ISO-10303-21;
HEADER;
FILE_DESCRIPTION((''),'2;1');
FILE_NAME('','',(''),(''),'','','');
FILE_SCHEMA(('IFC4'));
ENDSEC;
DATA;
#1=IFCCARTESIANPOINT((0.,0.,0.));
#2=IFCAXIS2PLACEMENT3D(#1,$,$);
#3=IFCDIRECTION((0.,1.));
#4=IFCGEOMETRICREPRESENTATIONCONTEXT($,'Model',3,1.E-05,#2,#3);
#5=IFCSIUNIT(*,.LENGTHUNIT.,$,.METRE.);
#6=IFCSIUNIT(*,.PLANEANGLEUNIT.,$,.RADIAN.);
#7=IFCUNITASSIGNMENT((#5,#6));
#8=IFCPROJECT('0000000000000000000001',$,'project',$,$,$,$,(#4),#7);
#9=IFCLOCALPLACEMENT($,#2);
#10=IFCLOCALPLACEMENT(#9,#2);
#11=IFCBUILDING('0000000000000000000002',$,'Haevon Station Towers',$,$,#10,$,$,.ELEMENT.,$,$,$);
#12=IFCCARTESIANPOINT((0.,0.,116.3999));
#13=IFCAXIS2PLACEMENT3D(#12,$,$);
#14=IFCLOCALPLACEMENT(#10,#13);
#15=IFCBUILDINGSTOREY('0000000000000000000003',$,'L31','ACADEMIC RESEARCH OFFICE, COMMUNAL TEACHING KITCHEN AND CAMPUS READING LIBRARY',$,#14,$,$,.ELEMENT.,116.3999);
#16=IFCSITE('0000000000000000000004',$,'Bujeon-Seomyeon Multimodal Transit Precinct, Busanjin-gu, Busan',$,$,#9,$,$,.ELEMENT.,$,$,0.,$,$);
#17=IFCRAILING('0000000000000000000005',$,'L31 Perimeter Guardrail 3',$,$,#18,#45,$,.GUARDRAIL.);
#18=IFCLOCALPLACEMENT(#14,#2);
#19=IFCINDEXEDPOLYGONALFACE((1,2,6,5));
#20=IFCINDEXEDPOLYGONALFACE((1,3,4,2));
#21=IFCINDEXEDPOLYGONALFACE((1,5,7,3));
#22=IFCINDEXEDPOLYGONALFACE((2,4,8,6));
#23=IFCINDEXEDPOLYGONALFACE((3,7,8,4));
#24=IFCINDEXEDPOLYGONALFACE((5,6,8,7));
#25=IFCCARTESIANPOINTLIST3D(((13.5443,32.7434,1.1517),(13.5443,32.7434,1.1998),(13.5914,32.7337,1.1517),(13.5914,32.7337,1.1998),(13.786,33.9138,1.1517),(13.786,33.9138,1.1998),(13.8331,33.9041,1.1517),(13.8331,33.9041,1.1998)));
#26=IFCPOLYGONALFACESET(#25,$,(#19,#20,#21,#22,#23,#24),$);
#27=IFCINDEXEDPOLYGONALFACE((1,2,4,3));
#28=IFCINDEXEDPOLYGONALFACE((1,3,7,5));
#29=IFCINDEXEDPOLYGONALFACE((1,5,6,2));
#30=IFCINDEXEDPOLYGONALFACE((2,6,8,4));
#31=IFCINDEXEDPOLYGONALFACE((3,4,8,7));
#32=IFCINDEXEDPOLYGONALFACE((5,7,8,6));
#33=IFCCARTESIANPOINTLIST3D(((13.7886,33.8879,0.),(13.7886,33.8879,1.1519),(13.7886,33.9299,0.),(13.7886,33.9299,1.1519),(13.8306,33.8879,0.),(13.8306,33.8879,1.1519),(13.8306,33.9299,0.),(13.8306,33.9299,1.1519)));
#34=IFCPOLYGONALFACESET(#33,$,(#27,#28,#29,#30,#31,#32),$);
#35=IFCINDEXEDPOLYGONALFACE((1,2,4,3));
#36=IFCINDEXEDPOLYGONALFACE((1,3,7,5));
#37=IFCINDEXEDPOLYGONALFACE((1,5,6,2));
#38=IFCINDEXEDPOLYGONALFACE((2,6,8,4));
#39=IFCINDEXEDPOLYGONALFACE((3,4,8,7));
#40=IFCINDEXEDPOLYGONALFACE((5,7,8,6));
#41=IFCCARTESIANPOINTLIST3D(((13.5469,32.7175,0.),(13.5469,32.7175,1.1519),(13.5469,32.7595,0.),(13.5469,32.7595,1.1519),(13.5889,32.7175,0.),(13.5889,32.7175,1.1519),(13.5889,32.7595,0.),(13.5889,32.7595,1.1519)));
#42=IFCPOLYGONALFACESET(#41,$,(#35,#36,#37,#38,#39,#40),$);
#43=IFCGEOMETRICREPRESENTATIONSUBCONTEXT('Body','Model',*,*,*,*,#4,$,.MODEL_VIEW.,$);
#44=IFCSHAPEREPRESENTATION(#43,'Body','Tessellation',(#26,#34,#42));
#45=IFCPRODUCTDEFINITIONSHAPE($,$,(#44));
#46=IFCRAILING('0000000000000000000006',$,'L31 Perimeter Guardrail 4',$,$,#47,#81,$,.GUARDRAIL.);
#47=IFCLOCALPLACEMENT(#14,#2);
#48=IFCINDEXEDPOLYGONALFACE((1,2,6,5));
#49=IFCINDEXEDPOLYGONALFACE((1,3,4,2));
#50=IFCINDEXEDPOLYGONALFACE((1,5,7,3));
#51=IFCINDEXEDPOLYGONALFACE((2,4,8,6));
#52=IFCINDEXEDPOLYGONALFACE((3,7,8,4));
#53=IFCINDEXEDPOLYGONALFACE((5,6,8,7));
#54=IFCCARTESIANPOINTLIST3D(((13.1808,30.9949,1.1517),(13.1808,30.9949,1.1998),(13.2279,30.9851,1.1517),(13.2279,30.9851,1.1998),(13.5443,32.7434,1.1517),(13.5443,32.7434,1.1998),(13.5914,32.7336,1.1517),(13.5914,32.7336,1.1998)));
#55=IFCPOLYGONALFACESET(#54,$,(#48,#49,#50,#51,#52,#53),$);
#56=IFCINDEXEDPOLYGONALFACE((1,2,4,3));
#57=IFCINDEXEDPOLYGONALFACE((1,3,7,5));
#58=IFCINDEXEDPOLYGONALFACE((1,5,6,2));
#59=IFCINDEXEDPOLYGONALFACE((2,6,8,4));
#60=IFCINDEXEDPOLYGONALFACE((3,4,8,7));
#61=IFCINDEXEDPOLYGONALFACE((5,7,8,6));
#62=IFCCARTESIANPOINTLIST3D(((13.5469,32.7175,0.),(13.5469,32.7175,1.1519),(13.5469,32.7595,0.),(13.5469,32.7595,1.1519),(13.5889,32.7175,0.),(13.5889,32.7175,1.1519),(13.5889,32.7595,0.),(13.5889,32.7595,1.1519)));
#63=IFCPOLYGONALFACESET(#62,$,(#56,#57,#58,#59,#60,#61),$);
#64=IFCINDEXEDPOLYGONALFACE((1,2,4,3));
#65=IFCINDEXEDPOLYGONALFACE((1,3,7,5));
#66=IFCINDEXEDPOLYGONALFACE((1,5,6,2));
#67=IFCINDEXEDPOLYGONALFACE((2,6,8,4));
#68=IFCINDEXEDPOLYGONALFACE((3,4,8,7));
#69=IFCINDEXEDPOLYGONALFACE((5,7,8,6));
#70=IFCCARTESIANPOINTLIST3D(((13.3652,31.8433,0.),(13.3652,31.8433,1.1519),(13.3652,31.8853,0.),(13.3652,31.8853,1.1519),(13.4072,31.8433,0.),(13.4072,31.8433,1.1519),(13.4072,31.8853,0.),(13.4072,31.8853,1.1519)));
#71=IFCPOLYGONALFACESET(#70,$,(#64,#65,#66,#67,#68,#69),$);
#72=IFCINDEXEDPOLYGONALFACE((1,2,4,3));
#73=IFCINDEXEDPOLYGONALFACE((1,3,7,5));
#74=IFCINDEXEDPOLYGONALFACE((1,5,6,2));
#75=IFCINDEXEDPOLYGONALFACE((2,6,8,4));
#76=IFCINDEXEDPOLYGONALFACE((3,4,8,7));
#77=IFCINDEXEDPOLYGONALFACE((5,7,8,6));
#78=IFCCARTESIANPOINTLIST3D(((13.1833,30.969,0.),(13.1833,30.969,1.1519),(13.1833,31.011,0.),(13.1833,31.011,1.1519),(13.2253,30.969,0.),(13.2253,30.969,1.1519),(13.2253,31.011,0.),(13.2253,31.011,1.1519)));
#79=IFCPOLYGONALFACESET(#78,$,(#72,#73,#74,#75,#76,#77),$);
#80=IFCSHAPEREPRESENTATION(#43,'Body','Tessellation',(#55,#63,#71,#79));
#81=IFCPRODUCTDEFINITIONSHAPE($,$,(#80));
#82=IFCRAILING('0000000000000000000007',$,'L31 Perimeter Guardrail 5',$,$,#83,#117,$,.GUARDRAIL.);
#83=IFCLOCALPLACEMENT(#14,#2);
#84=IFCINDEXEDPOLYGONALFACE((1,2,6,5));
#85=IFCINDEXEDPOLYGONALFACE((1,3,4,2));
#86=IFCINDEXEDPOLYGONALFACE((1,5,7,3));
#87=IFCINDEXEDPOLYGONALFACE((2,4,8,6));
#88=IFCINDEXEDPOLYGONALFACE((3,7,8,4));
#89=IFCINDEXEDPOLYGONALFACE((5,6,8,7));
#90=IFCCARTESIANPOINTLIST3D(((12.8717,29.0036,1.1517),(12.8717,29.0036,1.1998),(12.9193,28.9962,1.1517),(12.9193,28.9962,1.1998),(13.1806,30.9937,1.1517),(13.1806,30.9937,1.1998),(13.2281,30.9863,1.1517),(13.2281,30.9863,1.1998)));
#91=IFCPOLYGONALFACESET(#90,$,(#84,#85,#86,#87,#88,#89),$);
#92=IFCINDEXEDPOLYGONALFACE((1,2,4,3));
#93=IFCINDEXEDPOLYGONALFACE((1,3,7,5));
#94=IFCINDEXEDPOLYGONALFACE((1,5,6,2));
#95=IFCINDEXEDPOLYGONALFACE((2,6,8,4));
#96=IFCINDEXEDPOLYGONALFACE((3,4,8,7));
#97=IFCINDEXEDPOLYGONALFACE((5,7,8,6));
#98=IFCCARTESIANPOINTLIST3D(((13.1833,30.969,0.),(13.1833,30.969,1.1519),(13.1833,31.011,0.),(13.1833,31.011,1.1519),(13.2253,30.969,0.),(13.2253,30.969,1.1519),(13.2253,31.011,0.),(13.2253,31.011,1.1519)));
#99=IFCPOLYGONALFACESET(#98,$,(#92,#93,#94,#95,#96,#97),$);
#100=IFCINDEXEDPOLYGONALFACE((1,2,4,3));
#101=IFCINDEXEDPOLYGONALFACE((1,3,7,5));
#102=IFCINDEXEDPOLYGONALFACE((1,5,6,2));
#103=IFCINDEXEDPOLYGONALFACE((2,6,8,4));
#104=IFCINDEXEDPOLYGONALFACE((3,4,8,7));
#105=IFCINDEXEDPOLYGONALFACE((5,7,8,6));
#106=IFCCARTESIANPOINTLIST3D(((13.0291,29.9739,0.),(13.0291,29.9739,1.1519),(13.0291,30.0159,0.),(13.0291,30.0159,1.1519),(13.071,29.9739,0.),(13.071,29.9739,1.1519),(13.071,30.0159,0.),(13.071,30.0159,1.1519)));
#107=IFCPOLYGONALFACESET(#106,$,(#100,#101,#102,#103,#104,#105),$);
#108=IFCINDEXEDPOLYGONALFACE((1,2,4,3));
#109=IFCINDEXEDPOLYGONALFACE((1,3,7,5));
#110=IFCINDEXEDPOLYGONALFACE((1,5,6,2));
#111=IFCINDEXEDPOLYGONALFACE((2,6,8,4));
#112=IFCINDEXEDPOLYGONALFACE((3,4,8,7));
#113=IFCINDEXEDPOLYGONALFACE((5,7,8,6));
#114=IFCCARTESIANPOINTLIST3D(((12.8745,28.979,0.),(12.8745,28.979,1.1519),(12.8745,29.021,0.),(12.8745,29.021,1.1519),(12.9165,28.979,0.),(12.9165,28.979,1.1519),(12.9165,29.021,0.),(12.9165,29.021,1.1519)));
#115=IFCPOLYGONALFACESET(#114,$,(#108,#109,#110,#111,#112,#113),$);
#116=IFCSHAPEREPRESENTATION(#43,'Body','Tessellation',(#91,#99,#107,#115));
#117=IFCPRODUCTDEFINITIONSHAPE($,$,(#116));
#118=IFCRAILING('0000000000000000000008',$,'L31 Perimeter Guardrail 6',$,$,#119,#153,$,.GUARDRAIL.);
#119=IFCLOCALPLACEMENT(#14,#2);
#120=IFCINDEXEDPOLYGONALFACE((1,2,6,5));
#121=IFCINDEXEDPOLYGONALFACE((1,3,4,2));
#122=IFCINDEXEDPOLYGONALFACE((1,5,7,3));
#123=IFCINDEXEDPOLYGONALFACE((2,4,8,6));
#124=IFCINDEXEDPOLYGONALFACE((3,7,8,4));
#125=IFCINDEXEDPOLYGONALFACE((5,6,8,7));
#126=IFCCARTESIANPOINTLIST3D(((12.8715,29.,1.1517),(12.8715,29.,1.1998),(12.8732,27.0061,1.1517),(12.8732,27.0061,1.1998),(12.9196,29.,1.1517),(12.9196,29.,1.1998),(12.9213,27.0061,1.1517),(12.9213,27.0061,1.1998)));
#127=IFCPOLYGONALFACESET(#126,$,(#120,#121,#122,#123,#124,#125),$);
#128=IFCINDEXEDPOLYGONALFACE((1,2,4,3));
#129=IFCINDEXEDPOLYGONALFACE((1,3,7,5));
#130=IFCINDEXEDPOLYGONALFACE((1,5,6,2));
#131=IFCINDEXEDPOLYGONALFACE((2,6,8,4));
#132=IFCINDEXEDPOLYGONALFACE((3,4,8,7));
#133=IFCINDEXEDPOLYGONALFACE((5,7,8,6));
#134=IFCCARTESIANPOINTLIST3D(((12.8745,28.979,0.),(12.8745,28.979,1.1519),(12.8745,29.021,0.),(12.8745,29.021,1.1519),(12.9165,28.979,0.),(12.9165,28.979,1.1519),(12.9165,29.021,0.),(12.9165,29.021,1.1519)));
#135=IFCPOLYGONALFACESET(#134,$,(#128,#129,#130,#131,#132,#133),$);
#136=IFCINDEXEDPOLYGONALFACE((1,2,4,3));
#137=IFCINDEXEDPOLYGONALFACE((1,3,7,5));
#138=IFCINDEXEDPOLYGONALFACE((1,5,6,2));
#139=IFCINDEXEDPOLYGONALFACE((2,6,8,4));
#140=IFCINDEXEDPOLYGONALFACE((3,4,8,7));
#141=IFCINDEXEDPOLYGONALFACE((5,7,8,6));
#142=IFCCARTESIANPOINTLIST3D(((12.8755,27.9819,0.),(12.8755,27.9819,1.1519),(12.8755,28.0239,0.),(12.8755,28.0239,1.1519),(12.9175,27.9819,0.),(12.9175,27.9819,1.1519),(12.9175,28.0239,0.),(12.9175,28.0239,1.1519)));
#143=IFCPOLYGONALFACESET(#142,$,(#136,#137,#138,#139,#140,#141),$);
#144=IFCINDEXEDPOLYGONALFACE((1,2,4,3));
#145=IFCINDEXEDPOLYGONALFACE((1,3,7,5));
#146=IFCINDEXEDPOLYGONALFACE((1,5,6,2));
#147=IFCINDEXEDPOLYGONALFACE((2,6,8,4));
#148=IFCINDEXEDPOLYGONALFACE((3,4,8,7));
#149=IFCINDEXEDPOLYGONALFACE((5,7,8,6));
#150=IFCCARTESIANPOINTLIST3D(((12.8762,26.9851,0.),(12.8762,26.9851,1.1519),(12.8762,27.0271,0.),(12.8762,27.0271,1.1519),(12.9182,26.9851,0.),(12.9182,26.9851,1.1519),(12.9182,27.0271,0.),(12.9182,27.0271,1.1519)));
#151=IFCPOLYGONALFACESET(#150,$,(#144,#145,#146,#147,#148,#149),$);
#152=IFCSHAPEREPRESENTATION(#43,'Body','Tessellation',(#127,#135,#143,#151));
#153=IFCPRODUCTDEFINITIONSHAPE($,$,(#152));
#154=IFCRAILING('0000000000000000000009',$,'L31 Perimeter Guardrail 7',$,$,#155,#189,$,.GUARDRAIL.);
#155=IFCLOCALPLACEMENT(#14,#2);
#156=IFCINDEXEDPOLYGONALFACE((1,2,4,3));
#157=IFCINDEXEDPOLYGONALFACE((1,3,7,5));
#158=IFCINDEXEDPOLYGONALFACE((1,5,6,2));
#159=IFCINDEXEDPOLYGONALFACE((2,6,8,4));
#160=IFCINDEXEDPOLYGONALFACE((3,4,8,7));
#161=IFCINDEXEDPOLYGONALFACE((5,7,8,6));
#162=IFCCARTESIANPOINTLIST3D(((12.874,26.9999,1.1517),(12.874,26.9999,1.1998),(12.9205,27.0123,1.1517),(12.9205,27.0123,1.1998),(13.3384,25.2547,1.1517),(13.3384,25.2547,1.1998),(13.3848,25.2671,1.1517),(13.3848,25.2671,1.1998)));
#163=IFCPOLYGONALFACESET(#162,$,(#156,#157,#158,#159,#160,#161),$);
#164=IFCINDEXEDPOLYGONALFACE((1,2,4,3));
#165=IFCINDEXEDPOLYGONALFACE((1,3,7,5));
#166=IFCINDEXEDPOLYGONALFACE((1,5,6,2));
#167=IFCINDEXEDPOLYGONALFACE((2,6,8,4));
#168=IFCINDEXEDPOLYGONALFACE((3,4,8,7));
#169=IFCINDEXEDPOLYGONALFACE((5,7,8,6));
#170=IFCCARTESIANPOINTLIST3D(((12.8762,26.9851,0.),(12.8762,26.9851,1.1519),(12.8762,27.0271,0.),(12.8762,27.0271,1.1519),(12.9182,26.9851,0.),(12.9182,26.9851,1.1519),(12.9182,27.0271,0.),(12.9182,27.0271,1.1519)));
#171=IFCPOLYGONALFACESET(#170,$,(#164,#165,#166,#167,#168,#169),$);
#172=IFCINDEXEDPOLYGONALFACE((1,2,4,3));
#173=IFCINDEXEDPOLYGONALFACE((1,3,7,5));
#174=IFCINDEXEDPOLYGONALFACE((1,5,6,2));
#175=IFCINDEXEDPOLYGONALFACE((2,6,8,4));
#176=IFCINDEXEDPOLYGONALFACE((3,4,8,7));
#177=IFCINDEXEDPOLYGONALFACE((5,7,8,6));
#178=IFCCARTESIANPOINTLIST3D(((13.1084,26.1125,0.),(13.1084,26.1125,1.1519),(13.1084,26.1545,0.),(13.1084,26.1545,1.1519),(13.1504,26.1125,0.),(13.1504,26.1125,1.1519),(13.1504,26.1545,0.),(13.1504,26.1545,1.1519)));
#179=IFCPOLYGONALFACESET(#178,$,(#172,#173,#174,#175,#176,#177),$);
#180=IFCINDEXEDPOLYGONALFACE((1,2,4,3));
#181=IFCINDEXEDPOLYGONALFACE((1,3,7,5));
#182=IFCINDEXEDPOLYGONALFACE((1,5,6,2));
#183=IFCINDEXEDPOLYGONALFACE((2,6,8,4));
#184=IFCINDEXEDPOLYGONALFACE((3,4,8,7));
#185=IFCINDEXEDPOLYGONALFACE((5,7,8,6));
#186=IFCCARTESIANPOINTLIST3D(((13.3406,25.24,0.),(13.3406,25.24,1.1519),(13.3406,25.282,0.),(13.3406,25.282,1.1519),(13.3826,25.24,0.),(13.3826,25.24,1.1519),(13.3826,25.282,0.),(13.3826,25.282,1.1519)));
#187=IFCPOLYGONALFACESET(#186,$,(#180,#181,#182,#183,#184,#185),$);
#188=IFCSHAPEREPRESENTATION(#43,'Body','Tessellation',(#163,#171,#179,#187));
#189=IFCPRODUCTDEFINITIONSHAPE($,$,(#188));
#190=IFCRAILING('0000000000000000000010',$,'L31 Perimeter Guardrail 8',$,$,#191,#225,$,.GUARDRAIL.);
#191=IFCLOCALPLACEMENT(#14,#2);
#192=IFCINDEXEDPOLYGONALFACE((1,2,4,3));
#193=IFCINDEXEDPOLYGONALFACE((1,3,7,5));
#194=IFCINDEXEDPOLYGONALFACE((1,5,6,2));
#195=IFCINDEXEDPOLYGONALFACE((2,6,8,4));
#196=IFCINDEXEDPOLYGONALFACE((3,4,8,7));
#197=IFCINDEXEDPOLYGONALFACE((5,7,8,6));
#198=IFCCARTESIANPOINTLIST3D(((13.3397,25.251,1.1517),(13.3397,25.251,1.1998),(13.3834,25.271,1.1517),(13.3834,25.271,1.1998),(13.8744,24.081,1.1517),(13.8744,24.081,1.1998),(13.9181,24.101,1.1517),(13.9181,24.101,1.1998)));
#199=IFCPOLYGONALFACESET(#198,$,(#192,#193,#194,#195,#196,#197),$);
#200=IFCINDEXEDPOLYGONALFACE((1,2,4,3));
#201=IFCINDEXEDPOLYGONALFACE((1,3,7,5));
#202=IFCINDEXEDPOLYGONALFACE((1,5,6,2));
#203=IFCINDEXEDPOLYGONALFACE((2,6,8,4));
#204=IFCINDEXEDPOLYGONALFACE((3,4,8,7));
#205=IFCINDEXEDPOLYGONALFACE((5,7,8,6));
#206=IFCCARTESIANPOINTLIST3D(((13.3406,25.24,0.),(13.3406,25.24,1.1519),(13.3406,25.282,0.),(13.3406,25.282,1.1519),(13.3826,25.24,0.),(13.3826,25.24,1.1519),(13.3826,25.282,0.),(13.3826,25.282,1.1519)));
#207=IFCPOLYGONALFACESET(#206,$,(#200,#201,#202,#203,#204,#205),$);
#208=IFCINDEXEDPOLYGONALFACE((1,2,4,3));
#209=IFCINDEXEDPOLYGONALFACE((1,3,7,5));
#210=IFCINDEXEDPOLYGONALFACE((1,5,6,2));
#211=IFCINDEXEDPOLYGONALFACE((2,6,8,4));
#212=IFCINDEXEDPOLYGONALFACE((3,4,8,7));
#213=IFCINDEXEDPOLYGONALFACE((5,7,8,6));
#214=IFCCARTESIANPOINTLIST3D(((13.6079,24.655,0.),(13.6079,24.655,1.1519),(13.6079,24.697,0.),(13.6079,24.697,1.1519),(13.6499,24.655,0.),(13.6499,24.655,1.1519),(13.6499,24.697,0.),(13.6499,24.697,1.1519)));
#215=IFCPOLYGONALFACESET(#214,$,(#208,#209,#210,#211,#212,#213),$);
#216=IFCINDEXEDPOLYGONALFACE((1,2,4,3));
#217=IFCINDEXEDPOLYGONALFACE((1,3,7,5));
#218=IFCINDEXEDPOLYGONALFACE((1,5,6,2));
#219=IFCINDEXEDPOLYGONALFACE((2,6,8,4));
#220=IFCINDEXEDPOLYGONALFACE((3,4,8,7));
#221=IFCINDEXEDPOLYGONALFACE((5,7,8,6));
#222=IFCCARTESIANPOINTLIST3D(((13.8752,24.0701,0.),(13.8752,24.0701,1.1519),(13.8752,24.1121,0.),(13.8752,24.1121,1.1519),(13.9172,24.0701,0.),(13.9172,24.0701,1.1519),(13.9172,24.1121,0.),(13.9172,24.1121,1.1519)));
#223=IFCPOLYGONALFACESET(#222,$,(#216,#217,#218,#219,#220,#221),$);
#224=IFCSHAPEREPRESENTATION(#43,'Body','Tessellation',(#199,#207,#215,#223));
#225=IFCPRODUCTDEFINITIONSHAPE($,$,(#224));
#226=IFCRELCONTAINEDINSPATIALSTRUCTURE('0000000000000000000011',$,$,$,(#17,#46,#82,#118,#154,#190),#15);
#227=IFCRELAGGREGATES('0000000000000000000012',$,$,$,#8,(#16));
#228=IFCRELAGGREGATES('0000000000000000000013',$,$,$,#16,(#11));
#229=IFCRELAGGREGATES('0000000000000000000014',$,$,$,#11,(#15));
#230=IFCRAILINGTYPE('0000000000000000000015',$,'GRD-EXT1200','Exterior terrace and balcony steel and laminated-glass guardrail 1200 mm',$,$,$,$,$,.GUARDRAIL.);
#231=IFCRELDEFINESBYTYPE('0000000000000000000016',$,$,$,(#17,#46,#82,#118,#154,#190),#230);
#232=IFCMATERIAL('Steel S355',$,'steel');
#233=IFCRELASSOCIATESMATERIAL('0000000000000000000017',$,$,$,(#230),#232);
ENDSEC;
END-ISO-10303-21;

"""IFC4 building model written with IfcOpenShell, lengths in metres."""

from ifc_helpers import new_model, si_unit, direction, frame, origin, origin_2d, place, context, subcontext, project, spatial, rectangle, extrude, material, type_object, element, save


model = new_model("IFC4")

# Units and contexts
model_context = context("Model", 3, precision=1e-05, world=origin(), true_north=direction((0.0, 1.0)))
body_context = subcontext(model_context, "Body", "Model", "MODEL_VIEW")
ifc_project = project(units=[si_unit("LENGTHUNIT", "METRE"), si_unit("PLANEANGLEUNIT", "RADIAN")], contexts=[model_context])

# Site, building, storey
site_placement = place(None, origin())
site = spatial("IfcSite", under=ifc_project, at=site_placement, Name="Bujeon-Seomyeon Multimodal Transit Precinct, Busanjin-gu, Busan", CompositionType="ELEMENT", RefElevation=0.0)
building_placement = place(site_placement, origin())
building = spatial("IfcBuilding", under=site, at=building_placement, Name="Haevon Station Towers", CompositionType="ELEMENT")
storey_placement = place(building_placement, frame((0.0, 0.0, 116.3999)))
storey = spatial("IfcBuildingStorey", under=building, at=storey_placement, Name="L31", Description="ACADEMIC RESEARCH OFFICE, COMMUNAL TEACHING KITCHEN AND CAMPUS READING LIBRARY", CompositionType="ELEMENT", Elevation=116.3999)

# Shared definitions
ifc_material_1 = material(Name="Steel S355", Category="steel")

# Railings
railing_type = type_object("IfcRailingType", Name="GRD-EXT1200", Description="Exterior terrace and balcony steel and laminated-glass guardrail 1200 mm", PredefinedType="GUARDRAIL", material=ifc_material_1)
railing_1_placement = place(storey_placement, frame((13.8096, 33.9089, 0.0)))
element("IfcRailing", 1, at=railing_1_placement, inside=storey, type_object=railing_type, Name="L31 Perimeter Guardrail 3", PredefinedType="GUARDRAIL", context=body_context, shape_type="SweptSolid", body=[
    extrude(rectangle(XDim=0.0481, YDim=0.0481, at=origin_2d()), frame((0.0, 0.0, 1.1758), z_axis=(-0.202241, -0.979336, 0.0), x_axis=(0.979336, -0.202241, 0.0)), (0.0, 0.0, 1.0), 1.1951),
    extrude(rectangle(XDim=0.042, YDim=0.042, at=origin_2d()), origin(), (0.0, 0.0, 1.0), 1.1519),
    extrude(rectangle(XDim=0.042, YDim=0.042, at=origin_2d()), frame((-0.2417, -1.1704, 0.0)), (0.0, 0.0, 1.0), 1.1519),
])
railing_2_placement = place(storey_placement, frame((13.5679, 32.7385, 0.0)))
element("IfcRailing", 2, at=railing_2_placement, inside=storey, type_object=railing_type, Name="L31 Perimeter Guardrail 4", PredefinedType="GUARDRAIL", context=body_context, shape_type="SweptSolid", body=[
    extrude(rectangle(XDim=0.0481, YDim=0.0481, at=origin_2d()), frame((0.0, 0.0, 1.1758), z_axis=(-0.20355, -0.979064, 0.0), x_axis=(0.979064, -0.20355, 0.0)), (0.0, 0.0, 1.0), 1.7859),
    extrude(rectangle(XDim=0.042, YDim=0.042, at=origin_2d()), origin(), (0.0, 0.0, 1.0), 1.1519),
    extrude(rectangle(XDim=0.042, YDim=0.042, at=origin_2d()), frame((-0.1816, -0.8743, 0.0)), (0.0, 0.0, 1.0), 1.1519),
    extrude(rectangle(XDim=0.042, YDim=0.042, at=origin_2d()), frame((-0.3635, -1.7485, 0.0)), (0.0, 0.0, 1.0), 1.1519),
])
railing_3_placement = place(storey_placement, frame((13.2043, 30.99, 0.0)))
element("IfcRailing", 3, at=railing_3_placement, inside=storey, type_object=railing_type, Name="L31 Perimeter Guardrail 5", PredefinedType="GUARDRAIL", context=body_context, shape_type="SweptSolid", body=[
    extrude(rectangle(XDim=0.0481, YDim=0.0481, at=origin_2d()), frame((0.0, 0.0, 1.1758), z_axis=(-0.15336, -0.98817, 0.0), x_axis=(0.98817, -0.15336, 0.0)), (0.0, 0.0, 1.0), 2.0139),
    extrude(rectangle(XDim=0.042, YDim=0.042, at=origin_2d()), origin(), (0.0, 0.0, 1.0), 1.1519),
    extrude(rectangle(XDim=0.042, YDim=0.042, at=origin_2d()), frame((-0.1543, -0.9951, 0.0)), (0.0, 0.0, 1.0), 1.1519),
    extrude(rectangle(XDim=0.042, YDim=0.042, at=origin_2d()), frame((-0.3088, -1.99, 0.0)), (0.0, 0.0, 1.0), 1.1519),
])
railing_4_placement = place(storey_placement, frame((12.8955, 29.0, 0.0)))
element("IfcRailing", 4, at=railing_4_placement, inside=storey, type_object=railing_type, Name="L31 Perimeter Guardrail 6", PredefinedType="GUARDRAIL", context=body_context, shape_type="SweptSolid", body=[
    extrude(rectangle(XDim=0.0481, YDim=0.0481, at=origin_2d()), frame((0.0, 0.0, 1.1758), z_axis=(0.000857, -1.0, 0.0), x_axis=(1.0, 0.000857, 0.0)), (0.0, 0.0, 1.0), 1.9939),
    extrude(rectangle(XDim=0.042, YDim=0.042, at=origin_2d()), origin(), (0.0, 0.0, 1.0), 1.1519),
    extrude(rectangle(XDim=0.042, YDim=0.042, at=origin_2d()), frame((0.001, -0.9971, 0.0)), (0.0, 0.0, 1.0), 1.1519),
    extrude(rectangle(XDim=0.042, YDim=0.042, at=origin_2d()), frame((0.0017, -1.9939, 0.0)), (0.0, 0.0, 1.0), 1.1519),
])
railing_5_placement = place(storey_placement, frame((12.8972, 27.0061, 0.0)))
element("IfcRailing", 5, at=railing_5_placement, inside=storey, type_object=railing_type, Name="L31 Perimeter Guardrail 7", PredefinedType="GUARDRAIL", context=body_context, shape_type="SweptSolid", body=[
    extrude(rectangle(XDim=0.0481, YDim=0.0481, at=origin_2d()), frame((0.0, 0.0, 1.1758), z_axis=(0.257141, -0.966374, 0.0), x_axis=(0.966374, 0.257141, 0.0)), (0.0, 0.0, 1.0), 1.8059),
    extrude(rectangle(XDim=0.042, YDim=0.042, at=origin_2d()), origin(), (0.0, 0.0, 1.0), 1.1519),
    extrude(rectangle(XDim=0.042, YDim=0.042, at=origin_2d()), frame((0.2322, -0.8726, 0.0)), (0.0, 0.0, 1.0), 1.1519),
    extrude(rectangle(XDim=0.042, YDim=0.042, at=origin_2d()), frame((0.4644, -1.7451, 0.0)), (0.0, 0.0, 1.0), 1.1519),
])
railing_6_placement = place(storey_placement, frame((13.3616, 25.261, 0.0)))
element("IfcRailing", 6, at=railing_6_placement, inside=storey, type_object=railing_type, Name="L31 Perimeter Guardrail 8", PredefinedType="GUARDRAIL", context=body_context, shape_type="SweptSolid", body=[
    extrude(rectangle(XDim=0.0481, YDim=0.0481, at=origin_2d()), frame((0.0, 0.0, 1.1758), z_axis=(0.415661, -0.90952, 0.0), x_axis=(0.90952, 0.415661, 0.0)), (0.0, 0.0, 1.0), 1.2864),
    extrude(rectangle(XDim=0.042, YDim=0.042, at=origin_2d()), origin(), (0.0, 0.0, 1.0), 1.1519),
    extrude(rectangle(XDim=0.042, YDim=0.042, at=origin_2d()), frame((0.2673, -0.585, 0.0)), (0.0, 0.0, 1.0), 1.1519),
    extrude(rectangle(XDim=0.042, YDim=0.042, at=origin_2d()), frame((0.5347, -1.1699, 0.0)), (0.0, 0.0, 1.0), 1.1519),
])

save(model, "model.ifc")
